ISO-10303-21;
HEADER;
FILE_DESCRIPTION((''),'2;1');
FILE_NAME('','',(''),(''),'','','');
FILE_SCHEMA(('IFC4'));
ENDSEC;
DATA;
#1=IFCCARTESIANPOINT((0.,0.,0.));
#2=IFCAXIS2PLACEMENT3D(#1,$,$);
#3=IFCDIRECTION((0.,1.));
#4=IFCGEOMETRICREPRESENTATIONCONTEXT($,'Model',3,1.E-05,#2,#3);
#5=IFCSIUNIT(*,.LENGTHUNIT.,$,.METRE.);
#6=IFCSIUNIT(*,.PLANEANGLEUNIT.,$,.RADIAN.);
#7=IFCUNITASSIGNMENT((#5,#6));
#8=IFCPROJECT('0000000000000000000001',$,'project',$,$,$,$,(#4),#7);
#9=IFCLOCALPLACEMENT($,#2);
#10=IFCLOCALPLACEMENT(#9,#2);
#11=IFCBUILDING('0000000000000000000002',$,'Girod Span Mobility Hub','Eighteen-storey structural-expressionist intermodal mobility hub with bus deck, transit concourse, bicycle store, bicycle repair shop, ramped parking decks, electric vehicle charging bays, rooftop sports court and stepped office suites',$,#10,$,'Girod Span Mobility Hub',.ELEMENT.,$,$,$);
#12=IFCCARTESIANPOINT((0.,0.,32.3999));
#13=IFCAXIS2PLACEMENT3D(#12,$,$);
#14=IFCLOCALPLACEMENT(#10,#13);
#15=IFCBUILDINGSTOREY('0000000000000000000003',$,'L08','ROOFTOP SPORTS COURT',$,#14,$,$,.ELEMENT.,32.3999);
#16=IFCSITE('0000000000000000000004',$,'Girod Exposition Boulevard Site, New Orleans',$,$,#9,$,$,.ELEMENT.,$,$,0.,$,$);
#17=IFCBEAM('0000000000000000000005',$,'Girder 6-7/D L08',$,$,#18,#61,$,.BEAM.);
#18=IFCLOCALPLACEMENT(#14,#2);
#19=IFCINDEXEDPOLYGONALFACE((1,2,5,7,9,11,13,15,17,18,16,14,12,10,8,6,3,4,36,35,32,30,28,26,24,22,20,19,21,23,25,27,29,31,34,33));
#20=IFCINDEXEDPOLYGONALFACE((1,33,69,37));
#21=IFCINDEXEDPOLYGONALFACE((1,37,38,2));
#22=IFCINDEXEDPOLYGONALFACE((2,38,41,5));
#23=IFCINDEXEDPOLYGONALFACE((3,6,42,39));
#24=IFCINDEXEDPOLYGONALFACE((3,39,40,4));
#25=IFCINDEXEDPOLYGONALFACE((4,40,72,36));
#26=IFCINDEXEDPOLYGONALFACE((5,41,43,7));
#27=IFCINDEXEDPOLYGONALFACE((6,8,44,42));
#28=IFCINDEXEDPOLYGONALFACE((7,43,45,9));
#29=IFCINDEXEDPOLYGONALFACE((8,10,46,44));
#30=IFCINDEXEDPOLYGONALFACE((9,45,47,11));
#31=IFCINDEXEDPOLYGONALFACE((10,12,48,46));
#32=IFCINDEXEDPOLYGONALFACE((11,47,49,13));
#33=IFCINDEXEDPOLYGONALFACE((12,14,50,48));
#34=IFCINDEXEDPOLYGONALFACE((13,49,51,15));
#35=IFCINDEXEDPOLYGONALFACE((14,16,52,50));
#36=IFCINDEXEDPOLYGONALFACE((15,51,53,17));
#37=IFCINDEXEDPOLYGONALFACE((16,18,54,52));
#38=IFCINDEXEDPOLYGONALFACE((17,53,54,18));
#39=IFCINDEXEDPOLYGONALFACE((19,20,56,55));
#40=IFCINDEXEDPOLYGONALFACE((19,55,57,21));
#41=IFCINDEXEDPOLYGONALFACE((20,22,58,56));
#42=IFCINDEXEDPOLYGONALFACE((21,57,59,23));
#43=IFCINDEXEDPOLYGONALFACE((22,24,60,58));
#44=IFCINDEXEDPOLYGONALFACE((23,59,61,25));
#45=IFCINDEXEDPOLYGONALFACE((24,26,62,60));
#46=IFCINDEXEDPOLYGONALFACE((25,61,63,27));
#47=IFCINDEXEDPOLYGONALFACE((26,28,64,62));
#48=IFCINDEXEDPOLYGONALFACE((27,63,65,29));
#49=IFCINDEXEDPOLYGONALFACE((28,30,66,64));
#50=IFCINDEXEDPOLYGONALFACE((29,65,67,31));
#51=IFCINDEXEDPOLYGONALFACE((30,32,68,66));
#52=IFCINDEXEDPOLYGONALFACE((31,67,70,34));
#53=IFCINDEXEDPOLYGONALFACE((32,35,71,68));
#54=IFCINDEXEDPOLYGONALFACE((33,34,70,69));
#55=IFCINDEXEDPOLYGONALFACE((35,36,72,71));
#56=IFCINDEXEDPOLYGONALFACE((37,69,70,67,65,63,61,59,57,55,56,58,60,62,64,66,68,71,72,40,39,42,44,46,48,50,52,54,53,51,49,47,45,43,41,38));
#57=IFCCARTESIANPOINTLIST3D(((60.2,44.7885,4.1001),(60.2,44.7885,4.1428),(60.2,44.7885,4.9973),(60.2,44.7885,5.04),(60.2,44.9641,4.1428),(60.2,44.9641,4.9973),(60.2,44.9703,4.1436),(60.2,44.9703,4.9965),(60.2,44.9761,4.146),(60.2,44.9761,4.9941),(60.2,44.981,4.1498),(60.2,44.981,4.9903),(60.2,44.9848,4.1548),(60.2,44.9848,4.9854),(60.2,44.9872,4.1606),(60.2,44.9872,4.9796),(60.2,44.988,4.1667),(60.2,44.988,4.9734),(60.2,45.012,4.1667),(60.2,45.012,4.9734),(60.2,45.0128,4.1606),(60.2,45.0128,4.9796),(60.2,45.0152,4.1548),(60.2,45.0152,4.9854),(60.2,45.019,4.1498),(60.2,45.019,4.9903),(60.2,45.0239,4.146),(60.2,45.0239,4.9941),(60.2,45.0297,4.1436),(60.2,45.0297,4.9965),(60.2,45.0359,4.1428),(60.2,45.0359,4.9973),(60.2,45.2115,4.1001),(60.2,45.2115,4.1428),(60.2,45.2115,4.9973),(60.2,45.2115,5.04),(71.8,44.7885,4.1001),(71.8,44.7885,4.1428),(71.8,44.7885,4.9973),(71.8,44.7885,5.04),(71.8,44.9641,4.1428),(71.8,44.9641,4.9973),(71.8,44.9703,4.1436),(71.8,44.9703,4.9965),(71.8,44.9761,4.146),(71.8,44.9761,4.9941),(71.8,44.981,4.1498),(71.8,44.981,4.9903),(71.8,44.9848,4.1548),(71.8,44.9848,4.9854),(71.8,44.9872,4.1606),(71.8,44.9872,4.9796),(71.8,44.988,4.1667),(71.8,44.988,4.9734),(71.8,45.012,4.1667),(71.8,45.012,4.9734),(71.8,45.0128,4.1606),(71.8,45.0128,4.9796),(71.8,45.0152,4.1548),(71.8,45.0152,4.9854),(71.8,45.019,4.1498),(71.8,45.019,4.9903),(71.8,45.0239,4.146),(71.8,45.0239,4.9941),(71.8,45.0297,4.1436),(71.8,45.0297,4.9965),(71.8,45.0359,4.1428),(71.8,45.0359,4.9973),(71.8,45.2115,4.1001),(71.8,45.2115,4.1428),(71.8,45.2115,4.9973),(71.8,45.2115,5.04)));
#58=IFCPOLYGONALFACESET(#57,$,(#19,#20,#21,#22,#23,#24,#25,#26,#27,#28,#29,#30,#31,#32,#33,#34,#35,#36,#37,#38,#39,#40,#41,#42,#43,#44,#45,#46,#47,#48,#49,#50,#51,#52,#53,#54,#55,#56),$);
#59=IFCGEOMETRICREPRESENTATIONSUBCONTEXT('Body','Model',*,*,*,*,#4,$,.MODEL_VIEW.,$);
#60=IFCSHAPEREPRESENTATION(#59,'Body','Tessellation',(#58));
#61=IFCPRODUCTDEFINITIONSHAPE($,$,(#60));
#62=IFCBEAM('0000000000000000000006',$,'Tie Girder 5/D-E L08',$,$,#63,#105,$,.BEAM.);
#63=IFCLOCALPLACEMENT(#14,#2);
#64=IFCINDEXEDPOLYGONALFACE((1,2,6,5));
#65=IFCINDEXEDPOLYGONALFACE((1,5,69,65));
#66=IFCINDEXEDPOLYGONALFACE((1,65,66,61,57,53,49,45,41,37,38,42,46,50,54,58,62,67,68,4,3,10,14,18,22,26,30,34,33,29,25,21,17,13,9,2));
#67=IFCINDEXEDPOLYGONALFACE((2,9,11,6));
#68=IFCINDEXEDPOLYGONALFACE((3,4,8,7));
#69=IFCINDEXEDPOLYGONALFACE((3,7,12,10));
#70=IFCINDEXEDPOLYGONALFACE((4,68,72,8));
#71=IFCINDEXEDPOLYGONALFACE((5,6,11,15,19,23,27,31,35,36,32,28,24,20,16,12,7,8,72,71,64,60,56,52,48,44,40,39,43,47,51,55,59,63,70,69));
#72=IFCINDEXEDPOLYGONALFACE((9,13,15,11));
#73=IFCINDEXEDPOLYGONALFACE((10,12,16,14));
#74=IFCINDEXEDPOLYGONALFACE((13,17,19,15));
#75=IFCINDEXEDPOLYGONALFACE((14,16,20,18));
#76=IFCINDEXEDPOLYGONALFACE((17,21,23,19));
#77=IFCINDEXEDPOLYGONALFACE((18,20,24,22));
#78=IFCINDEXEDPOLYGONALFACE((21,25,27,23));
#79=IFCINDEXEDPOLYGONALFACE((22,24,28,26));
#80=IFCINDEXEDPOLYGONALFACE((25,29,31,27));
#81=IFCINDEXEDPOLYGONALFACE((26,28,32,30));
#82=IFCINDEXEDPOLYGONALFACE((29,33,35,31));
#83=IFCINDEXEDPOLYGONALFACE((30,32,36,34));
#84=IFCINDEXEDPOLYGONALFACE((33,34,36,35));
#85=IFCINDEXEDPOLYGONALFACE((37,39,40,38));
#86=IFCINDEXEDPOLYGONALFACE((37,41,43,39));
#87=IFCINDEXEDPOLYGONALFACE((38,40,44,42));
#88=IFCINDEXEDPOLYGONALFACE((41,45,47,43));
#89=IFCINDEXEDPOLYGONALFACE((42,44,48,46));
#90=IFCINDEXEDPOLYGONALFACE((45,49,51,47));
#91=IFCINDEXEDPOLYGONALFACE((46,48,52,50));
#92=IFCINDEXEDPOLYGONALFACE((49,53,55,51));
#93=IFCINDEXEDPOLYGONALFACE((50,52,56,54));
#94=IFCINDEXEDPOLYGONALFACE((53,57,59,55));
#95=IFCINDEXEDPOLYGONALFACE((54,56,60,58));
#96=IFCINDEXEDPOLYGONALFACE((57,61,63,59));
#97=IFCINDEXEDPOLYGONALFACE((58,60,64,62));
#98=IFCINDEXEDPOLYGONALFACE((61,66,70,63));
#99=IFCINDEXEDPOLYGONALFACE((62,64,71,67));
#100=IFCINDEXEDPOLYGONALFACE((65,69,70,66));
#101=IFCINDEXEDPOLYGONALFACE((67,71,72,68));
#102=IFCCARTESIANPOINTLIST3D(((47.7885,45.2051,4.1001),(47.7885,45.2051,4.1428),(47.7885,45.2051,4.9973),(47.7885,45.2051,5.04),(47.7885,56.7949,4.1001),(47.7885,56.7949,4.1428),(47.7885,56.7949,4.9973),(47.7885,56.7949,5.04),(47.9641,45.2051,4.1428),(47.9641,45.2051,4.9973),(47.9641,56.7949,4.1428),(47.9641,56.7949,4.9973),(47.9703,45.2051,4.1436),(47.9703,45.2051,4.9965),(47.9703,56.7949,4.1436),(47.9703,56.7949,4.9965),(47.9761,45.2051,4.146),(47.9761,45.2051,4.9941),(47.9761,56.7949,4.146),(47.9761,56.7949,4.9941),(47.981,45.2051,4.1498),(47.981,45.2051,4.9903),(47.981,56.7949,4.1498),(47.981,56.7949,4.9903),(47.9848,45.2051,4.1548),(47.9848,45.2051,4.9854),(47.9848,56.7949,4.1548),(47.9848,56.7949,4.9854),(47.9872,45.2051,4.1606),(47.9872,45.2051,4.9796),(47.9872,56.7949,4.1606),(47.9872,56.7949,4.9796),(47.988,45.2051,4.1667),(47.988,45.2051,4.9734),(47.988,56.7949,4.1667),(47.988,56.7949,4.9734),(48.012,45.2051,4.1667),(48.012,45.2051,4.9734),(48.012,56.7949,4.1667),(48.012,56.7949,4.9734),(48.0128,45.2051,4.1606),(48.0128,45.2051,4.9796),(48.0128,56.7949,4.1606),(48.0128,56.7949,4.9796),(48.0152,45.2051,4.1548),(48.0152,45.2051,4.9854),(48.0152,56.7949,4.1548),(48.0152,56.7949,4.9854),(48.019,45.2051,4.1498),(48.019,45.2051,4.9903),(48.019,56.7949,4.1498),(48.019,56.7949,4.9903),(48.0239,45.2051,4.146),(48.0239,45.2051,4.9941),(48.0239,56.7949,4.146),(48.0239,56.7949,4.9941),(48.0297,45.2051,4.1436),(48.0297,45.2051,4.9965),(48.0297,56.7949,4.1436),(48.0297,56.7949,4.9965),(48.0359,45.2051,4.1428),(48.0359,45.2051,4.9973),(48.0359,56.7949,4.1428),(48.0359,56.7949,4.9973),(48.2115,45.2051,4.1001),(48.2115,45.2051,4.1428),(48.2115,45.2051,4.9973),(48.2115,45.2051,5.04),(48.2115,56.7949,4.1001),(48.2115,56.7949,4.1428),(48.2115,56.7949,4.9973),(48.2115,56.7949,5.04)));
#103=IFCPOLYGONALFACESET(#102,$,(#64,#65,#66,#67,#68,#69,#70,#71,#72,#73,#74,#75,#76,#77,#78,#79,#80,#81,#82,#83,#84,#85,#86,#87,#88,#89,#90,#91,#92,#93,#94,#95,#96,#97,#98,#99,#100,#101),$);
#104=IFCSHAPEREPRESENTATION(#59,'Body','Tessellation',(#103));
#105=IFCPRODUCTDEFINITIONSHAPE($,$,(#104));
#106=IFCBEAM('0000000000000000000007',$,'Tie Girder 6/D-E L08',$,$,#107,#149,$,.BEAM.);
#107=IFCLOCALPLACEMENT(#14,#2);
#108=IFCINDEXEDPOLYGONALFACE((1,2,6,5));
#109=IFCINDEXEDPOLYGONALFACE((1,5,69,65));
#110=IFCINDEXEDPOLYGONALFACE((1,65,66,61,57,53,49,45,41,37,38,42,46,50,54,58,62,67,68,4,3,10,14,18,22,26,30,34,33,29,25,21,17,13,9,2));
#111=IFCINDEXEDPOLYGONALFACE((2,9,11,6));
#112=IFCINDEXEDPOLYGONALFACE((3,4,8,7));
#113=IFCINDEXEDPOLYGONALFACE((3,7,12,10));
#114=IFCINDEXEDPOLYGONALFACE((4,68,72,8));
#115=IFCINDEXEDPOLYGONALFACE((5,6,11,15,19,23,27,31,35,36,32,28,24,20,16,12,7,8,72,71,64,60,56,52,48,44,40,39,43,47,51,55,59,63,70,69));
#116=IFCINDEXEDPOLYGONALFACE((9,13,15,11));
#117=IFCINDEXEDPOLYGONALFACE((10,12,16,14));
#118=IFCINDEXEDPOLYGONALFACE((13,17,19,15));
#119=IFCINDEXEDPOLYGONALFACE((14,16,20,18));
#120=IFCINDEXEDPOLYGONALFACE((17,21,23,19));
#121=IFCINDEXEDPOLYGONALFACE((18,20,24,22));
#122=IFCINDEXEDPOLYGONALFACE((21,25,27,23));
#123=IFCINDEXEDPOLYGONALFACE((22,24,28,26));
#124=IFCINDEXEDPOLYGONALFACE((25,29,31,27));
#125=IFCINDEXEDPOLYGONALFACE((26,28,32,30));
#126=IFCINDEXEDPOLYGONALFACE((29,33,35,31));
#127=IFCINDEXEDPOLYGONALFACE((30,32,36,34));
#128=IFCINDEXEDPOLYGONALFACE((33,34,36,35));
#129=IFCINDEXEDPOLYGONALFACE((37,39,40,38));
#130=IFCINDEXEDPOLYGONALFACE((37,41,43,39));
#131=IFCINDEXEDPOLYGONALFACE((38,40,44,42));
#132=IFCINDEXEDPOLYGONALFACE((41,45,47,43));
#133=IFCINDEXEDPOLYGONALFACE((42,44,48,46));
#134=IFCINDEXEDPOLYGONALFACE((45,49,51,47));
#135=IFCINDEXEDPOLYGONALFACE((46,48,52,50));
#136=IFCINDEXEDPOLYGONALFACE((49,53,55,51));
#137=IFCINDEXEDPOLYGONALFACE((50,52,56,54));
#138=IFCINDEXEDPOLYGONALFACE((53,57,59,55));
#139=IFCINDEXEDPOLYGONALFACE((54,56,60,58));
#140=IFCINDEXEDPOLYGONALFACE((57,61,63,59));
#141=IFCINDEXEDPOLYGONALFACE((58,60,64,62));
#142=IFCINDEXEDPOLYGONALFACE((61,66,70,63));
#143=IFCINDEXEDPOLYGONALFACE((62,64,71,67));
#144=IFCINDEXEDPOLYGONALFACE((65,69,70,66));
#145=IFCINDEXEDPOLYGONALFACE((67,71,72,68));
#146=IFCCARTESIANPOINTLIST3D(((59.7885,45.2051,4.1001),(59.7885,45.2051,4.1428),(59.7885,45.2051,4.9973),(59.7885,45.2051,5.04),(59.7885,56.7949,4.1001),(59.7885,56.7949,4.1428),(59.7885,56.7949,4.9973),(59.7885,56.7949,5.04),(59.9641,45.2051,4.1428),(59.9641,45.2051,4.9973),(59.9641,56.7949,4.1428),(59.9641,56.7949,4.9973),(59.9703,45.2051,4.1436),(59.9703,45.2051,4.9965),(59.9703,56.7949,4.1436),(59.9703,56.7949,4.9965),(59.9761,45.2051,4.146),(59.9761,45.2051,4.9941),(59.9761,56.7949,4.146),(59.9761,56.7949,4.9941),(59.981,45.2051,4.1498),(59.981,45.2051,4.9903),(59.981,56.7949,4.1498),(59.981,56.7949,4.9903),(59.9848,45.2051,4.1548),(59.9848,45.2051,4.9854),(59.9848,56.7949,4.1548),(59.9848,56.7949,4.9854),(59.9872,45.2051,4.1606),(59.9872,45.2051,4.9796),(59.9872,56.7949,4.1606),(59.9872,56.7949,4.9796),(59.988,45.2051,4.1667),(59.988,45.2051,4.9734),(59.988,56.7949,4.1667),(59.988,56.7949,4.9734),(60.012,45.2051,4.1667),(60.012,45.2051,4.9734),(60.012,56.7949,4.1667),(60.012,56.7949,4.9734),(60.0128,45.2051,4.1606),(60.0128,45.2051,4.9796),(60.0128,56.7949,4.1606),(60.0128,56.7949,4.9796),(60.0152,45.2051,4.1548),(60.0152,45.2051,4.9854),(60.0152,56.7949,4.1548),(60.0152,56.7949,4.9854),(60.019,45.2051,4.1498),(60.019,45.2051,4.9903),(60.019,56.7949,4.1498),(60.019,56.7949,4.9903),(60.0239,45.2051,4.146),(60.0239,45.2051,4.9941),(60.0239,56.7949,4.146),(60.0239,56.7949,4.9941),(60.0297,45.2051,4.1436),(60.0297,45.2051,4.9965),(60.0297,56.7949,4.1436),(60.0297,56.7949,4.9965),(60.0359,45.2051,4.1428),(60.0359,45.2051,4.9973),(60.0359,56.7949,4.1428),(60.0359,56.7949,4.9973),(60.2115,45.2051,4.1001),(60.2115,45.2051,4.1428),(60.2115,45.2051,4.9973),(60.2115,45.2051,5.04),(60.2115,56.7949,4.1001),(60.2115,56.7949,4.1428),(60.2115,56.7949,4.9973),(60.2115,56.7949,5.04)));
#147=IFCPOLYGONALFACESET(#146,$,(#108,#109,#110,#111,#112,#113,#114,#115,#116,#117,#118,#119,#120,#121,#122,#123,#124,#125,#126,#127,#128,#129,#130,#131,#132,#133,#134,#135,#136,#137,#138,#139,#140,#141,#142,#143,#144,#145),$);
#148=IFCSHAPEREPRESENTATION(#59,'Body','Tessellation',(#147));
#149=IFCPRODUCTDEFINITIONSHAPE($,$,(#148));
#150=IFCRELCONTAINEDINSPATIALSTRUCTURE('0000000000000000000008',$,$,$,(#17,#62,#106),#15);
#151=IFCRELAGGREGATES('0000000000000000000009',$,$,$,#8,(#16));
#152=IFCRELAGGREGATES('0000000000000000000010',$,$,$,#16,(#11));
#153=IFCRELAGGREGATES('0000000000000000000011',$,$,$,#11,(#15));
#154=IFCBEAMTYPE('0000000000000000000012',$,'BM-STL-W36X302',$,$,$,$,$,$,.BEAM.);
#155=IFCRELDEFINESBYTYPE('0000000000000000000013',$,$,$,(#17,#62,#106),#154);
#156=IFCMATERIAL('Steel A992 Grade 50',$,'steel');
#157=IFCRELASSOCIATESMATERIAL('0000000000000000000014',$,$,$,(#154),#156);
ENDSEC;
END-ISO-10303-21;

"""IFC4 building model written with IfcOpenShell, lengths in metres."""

from ifc_helpers import new_model, si_unit, direction, frame, origin, origin_2d, place, context, subcontext, project, spatial, i_section, extrude, material, material_profile, profile_set, type_object, element, save


model = new_model("IFC4")

# Units and contexts
model_context = context("Model", 3, precision=1e-05, world=origin(), true_north=direction((0.0, 1.0)))
body_context = subcontext(model_context, "Body", "Model", "MODEL_VIEW")
ifc_project = project(units=[si_unit("LENGTHUNIT", "METRE"), si_unit("PLANEANGLEUNIT", "RADIAN")], contexts=[model_context])

# Site, building, storey
site_placement = place(None, origin())
site = spatial("IfcSite", under=ifc_project, at=site_placement, Name="Girod Exposition Boulevard Site, New Orleans", CompositionType="ELEMENT", RefElevation=0.0)
building_placement = place(site_placement, origin())
building = spatial("IfcBuilding", under=site, at=building_placement, Name="Girod Span Mobility Hub", Description="Eighteen-storey structural-expressionist intermodal mobility hub with bus deck, transit concourse, bicycle store, bicycle repair shop, ramped parking decks, electric vehicle charging bays, rooftop sports court and stepped office suites", LongName="Girod Span Mobility Hub", CompositionType="ELEMENT")
storey_placement = place(building_placement, frame((0.0, 0.0, 32.3999)))
storey = spatial("IfcBuildingStorey", under=building, at=storey_placement, Name="L08", Description="ROOFTOP SPORTS COURT", CompositionType="ELEMENT", Elevation=32.3999)

# Beams
ifc_material_1 = material(Name="Steel A992 Grade 50", Category="steel")
ifc_material_profile_1 = material_profile(ifc_material_1, i_section(OverallWidth=0.4231, OverallDepth=0.9399, WebThickness=0.0239, FlangeThickness=0.0427, FilletRadius=0.0239, at=origin_2d()), Name="W36X302")
ifc_profile_set_1 = profile_set([ifc_material_profile_1], Name="Steel A992 Grade 50")
beam_type_1 = type_object("IfcBeamType", Name="BM-STL-W36X302", PredefinedType="BEAM", material=ifc_profile_set_1)
beam_placement = place(storey_placement, frame((60.2, 45.0, 4.5701), z_axis=(1.0, 0.0, 0.0), x_axis=(0.0, 1.0, 0.0)))
element("IfcBeam", 1, at=beam_placement, inside=storey, type_object=beam_type_1, Name="Girder 6-7/D L08", PredefinedType="BEAM", context=body_context, shape_type="SweptSolid", body=[
    extrude(i_section(OverallWidth=0.4231, OverallDepth=0.9399, WebThickness=0.0239, FlangeThickness=0.0427, FilletRadius=0.0239, at=origin_2d()), origin(), (0.0, 0.0, 1.0), 11.6001),
])
for number, where, z_axis, x_axis, name in (
    (2, (48.0, 45.2051, 4.5701), (0.0, 1.0, 0.0), (-1.0, 0.0, 0.0), "Tie Girder 5/D-E L08"),
    (3, (60.0, 45.2051, 4.5701), (0.0, 1.0, 0.0), (-1.0, 0.0, 0.0), "Tie Girder 6/D-E L08"),
):
    element("IfcBeam", number, at=place(storey_placement, frame(where, z_axis=z_axis, x_axis=x_axis)), inside=storey, type_object=beam_type_1, Name=name, PredefinedType="BEAM", context=body_context, shape_type="SweptSolid", body=[
        extrude(i_section(OverallWidth=0.4231, OverallDepth=0.9399, WebThickness=0.0239, FlangeThickness=0.0427, FilletRadius=0.0239, at=origin_2d()), origin(), (0.0, 0.0, 1.0), 11.5898),
    ])

save(model, "model.ifc")
